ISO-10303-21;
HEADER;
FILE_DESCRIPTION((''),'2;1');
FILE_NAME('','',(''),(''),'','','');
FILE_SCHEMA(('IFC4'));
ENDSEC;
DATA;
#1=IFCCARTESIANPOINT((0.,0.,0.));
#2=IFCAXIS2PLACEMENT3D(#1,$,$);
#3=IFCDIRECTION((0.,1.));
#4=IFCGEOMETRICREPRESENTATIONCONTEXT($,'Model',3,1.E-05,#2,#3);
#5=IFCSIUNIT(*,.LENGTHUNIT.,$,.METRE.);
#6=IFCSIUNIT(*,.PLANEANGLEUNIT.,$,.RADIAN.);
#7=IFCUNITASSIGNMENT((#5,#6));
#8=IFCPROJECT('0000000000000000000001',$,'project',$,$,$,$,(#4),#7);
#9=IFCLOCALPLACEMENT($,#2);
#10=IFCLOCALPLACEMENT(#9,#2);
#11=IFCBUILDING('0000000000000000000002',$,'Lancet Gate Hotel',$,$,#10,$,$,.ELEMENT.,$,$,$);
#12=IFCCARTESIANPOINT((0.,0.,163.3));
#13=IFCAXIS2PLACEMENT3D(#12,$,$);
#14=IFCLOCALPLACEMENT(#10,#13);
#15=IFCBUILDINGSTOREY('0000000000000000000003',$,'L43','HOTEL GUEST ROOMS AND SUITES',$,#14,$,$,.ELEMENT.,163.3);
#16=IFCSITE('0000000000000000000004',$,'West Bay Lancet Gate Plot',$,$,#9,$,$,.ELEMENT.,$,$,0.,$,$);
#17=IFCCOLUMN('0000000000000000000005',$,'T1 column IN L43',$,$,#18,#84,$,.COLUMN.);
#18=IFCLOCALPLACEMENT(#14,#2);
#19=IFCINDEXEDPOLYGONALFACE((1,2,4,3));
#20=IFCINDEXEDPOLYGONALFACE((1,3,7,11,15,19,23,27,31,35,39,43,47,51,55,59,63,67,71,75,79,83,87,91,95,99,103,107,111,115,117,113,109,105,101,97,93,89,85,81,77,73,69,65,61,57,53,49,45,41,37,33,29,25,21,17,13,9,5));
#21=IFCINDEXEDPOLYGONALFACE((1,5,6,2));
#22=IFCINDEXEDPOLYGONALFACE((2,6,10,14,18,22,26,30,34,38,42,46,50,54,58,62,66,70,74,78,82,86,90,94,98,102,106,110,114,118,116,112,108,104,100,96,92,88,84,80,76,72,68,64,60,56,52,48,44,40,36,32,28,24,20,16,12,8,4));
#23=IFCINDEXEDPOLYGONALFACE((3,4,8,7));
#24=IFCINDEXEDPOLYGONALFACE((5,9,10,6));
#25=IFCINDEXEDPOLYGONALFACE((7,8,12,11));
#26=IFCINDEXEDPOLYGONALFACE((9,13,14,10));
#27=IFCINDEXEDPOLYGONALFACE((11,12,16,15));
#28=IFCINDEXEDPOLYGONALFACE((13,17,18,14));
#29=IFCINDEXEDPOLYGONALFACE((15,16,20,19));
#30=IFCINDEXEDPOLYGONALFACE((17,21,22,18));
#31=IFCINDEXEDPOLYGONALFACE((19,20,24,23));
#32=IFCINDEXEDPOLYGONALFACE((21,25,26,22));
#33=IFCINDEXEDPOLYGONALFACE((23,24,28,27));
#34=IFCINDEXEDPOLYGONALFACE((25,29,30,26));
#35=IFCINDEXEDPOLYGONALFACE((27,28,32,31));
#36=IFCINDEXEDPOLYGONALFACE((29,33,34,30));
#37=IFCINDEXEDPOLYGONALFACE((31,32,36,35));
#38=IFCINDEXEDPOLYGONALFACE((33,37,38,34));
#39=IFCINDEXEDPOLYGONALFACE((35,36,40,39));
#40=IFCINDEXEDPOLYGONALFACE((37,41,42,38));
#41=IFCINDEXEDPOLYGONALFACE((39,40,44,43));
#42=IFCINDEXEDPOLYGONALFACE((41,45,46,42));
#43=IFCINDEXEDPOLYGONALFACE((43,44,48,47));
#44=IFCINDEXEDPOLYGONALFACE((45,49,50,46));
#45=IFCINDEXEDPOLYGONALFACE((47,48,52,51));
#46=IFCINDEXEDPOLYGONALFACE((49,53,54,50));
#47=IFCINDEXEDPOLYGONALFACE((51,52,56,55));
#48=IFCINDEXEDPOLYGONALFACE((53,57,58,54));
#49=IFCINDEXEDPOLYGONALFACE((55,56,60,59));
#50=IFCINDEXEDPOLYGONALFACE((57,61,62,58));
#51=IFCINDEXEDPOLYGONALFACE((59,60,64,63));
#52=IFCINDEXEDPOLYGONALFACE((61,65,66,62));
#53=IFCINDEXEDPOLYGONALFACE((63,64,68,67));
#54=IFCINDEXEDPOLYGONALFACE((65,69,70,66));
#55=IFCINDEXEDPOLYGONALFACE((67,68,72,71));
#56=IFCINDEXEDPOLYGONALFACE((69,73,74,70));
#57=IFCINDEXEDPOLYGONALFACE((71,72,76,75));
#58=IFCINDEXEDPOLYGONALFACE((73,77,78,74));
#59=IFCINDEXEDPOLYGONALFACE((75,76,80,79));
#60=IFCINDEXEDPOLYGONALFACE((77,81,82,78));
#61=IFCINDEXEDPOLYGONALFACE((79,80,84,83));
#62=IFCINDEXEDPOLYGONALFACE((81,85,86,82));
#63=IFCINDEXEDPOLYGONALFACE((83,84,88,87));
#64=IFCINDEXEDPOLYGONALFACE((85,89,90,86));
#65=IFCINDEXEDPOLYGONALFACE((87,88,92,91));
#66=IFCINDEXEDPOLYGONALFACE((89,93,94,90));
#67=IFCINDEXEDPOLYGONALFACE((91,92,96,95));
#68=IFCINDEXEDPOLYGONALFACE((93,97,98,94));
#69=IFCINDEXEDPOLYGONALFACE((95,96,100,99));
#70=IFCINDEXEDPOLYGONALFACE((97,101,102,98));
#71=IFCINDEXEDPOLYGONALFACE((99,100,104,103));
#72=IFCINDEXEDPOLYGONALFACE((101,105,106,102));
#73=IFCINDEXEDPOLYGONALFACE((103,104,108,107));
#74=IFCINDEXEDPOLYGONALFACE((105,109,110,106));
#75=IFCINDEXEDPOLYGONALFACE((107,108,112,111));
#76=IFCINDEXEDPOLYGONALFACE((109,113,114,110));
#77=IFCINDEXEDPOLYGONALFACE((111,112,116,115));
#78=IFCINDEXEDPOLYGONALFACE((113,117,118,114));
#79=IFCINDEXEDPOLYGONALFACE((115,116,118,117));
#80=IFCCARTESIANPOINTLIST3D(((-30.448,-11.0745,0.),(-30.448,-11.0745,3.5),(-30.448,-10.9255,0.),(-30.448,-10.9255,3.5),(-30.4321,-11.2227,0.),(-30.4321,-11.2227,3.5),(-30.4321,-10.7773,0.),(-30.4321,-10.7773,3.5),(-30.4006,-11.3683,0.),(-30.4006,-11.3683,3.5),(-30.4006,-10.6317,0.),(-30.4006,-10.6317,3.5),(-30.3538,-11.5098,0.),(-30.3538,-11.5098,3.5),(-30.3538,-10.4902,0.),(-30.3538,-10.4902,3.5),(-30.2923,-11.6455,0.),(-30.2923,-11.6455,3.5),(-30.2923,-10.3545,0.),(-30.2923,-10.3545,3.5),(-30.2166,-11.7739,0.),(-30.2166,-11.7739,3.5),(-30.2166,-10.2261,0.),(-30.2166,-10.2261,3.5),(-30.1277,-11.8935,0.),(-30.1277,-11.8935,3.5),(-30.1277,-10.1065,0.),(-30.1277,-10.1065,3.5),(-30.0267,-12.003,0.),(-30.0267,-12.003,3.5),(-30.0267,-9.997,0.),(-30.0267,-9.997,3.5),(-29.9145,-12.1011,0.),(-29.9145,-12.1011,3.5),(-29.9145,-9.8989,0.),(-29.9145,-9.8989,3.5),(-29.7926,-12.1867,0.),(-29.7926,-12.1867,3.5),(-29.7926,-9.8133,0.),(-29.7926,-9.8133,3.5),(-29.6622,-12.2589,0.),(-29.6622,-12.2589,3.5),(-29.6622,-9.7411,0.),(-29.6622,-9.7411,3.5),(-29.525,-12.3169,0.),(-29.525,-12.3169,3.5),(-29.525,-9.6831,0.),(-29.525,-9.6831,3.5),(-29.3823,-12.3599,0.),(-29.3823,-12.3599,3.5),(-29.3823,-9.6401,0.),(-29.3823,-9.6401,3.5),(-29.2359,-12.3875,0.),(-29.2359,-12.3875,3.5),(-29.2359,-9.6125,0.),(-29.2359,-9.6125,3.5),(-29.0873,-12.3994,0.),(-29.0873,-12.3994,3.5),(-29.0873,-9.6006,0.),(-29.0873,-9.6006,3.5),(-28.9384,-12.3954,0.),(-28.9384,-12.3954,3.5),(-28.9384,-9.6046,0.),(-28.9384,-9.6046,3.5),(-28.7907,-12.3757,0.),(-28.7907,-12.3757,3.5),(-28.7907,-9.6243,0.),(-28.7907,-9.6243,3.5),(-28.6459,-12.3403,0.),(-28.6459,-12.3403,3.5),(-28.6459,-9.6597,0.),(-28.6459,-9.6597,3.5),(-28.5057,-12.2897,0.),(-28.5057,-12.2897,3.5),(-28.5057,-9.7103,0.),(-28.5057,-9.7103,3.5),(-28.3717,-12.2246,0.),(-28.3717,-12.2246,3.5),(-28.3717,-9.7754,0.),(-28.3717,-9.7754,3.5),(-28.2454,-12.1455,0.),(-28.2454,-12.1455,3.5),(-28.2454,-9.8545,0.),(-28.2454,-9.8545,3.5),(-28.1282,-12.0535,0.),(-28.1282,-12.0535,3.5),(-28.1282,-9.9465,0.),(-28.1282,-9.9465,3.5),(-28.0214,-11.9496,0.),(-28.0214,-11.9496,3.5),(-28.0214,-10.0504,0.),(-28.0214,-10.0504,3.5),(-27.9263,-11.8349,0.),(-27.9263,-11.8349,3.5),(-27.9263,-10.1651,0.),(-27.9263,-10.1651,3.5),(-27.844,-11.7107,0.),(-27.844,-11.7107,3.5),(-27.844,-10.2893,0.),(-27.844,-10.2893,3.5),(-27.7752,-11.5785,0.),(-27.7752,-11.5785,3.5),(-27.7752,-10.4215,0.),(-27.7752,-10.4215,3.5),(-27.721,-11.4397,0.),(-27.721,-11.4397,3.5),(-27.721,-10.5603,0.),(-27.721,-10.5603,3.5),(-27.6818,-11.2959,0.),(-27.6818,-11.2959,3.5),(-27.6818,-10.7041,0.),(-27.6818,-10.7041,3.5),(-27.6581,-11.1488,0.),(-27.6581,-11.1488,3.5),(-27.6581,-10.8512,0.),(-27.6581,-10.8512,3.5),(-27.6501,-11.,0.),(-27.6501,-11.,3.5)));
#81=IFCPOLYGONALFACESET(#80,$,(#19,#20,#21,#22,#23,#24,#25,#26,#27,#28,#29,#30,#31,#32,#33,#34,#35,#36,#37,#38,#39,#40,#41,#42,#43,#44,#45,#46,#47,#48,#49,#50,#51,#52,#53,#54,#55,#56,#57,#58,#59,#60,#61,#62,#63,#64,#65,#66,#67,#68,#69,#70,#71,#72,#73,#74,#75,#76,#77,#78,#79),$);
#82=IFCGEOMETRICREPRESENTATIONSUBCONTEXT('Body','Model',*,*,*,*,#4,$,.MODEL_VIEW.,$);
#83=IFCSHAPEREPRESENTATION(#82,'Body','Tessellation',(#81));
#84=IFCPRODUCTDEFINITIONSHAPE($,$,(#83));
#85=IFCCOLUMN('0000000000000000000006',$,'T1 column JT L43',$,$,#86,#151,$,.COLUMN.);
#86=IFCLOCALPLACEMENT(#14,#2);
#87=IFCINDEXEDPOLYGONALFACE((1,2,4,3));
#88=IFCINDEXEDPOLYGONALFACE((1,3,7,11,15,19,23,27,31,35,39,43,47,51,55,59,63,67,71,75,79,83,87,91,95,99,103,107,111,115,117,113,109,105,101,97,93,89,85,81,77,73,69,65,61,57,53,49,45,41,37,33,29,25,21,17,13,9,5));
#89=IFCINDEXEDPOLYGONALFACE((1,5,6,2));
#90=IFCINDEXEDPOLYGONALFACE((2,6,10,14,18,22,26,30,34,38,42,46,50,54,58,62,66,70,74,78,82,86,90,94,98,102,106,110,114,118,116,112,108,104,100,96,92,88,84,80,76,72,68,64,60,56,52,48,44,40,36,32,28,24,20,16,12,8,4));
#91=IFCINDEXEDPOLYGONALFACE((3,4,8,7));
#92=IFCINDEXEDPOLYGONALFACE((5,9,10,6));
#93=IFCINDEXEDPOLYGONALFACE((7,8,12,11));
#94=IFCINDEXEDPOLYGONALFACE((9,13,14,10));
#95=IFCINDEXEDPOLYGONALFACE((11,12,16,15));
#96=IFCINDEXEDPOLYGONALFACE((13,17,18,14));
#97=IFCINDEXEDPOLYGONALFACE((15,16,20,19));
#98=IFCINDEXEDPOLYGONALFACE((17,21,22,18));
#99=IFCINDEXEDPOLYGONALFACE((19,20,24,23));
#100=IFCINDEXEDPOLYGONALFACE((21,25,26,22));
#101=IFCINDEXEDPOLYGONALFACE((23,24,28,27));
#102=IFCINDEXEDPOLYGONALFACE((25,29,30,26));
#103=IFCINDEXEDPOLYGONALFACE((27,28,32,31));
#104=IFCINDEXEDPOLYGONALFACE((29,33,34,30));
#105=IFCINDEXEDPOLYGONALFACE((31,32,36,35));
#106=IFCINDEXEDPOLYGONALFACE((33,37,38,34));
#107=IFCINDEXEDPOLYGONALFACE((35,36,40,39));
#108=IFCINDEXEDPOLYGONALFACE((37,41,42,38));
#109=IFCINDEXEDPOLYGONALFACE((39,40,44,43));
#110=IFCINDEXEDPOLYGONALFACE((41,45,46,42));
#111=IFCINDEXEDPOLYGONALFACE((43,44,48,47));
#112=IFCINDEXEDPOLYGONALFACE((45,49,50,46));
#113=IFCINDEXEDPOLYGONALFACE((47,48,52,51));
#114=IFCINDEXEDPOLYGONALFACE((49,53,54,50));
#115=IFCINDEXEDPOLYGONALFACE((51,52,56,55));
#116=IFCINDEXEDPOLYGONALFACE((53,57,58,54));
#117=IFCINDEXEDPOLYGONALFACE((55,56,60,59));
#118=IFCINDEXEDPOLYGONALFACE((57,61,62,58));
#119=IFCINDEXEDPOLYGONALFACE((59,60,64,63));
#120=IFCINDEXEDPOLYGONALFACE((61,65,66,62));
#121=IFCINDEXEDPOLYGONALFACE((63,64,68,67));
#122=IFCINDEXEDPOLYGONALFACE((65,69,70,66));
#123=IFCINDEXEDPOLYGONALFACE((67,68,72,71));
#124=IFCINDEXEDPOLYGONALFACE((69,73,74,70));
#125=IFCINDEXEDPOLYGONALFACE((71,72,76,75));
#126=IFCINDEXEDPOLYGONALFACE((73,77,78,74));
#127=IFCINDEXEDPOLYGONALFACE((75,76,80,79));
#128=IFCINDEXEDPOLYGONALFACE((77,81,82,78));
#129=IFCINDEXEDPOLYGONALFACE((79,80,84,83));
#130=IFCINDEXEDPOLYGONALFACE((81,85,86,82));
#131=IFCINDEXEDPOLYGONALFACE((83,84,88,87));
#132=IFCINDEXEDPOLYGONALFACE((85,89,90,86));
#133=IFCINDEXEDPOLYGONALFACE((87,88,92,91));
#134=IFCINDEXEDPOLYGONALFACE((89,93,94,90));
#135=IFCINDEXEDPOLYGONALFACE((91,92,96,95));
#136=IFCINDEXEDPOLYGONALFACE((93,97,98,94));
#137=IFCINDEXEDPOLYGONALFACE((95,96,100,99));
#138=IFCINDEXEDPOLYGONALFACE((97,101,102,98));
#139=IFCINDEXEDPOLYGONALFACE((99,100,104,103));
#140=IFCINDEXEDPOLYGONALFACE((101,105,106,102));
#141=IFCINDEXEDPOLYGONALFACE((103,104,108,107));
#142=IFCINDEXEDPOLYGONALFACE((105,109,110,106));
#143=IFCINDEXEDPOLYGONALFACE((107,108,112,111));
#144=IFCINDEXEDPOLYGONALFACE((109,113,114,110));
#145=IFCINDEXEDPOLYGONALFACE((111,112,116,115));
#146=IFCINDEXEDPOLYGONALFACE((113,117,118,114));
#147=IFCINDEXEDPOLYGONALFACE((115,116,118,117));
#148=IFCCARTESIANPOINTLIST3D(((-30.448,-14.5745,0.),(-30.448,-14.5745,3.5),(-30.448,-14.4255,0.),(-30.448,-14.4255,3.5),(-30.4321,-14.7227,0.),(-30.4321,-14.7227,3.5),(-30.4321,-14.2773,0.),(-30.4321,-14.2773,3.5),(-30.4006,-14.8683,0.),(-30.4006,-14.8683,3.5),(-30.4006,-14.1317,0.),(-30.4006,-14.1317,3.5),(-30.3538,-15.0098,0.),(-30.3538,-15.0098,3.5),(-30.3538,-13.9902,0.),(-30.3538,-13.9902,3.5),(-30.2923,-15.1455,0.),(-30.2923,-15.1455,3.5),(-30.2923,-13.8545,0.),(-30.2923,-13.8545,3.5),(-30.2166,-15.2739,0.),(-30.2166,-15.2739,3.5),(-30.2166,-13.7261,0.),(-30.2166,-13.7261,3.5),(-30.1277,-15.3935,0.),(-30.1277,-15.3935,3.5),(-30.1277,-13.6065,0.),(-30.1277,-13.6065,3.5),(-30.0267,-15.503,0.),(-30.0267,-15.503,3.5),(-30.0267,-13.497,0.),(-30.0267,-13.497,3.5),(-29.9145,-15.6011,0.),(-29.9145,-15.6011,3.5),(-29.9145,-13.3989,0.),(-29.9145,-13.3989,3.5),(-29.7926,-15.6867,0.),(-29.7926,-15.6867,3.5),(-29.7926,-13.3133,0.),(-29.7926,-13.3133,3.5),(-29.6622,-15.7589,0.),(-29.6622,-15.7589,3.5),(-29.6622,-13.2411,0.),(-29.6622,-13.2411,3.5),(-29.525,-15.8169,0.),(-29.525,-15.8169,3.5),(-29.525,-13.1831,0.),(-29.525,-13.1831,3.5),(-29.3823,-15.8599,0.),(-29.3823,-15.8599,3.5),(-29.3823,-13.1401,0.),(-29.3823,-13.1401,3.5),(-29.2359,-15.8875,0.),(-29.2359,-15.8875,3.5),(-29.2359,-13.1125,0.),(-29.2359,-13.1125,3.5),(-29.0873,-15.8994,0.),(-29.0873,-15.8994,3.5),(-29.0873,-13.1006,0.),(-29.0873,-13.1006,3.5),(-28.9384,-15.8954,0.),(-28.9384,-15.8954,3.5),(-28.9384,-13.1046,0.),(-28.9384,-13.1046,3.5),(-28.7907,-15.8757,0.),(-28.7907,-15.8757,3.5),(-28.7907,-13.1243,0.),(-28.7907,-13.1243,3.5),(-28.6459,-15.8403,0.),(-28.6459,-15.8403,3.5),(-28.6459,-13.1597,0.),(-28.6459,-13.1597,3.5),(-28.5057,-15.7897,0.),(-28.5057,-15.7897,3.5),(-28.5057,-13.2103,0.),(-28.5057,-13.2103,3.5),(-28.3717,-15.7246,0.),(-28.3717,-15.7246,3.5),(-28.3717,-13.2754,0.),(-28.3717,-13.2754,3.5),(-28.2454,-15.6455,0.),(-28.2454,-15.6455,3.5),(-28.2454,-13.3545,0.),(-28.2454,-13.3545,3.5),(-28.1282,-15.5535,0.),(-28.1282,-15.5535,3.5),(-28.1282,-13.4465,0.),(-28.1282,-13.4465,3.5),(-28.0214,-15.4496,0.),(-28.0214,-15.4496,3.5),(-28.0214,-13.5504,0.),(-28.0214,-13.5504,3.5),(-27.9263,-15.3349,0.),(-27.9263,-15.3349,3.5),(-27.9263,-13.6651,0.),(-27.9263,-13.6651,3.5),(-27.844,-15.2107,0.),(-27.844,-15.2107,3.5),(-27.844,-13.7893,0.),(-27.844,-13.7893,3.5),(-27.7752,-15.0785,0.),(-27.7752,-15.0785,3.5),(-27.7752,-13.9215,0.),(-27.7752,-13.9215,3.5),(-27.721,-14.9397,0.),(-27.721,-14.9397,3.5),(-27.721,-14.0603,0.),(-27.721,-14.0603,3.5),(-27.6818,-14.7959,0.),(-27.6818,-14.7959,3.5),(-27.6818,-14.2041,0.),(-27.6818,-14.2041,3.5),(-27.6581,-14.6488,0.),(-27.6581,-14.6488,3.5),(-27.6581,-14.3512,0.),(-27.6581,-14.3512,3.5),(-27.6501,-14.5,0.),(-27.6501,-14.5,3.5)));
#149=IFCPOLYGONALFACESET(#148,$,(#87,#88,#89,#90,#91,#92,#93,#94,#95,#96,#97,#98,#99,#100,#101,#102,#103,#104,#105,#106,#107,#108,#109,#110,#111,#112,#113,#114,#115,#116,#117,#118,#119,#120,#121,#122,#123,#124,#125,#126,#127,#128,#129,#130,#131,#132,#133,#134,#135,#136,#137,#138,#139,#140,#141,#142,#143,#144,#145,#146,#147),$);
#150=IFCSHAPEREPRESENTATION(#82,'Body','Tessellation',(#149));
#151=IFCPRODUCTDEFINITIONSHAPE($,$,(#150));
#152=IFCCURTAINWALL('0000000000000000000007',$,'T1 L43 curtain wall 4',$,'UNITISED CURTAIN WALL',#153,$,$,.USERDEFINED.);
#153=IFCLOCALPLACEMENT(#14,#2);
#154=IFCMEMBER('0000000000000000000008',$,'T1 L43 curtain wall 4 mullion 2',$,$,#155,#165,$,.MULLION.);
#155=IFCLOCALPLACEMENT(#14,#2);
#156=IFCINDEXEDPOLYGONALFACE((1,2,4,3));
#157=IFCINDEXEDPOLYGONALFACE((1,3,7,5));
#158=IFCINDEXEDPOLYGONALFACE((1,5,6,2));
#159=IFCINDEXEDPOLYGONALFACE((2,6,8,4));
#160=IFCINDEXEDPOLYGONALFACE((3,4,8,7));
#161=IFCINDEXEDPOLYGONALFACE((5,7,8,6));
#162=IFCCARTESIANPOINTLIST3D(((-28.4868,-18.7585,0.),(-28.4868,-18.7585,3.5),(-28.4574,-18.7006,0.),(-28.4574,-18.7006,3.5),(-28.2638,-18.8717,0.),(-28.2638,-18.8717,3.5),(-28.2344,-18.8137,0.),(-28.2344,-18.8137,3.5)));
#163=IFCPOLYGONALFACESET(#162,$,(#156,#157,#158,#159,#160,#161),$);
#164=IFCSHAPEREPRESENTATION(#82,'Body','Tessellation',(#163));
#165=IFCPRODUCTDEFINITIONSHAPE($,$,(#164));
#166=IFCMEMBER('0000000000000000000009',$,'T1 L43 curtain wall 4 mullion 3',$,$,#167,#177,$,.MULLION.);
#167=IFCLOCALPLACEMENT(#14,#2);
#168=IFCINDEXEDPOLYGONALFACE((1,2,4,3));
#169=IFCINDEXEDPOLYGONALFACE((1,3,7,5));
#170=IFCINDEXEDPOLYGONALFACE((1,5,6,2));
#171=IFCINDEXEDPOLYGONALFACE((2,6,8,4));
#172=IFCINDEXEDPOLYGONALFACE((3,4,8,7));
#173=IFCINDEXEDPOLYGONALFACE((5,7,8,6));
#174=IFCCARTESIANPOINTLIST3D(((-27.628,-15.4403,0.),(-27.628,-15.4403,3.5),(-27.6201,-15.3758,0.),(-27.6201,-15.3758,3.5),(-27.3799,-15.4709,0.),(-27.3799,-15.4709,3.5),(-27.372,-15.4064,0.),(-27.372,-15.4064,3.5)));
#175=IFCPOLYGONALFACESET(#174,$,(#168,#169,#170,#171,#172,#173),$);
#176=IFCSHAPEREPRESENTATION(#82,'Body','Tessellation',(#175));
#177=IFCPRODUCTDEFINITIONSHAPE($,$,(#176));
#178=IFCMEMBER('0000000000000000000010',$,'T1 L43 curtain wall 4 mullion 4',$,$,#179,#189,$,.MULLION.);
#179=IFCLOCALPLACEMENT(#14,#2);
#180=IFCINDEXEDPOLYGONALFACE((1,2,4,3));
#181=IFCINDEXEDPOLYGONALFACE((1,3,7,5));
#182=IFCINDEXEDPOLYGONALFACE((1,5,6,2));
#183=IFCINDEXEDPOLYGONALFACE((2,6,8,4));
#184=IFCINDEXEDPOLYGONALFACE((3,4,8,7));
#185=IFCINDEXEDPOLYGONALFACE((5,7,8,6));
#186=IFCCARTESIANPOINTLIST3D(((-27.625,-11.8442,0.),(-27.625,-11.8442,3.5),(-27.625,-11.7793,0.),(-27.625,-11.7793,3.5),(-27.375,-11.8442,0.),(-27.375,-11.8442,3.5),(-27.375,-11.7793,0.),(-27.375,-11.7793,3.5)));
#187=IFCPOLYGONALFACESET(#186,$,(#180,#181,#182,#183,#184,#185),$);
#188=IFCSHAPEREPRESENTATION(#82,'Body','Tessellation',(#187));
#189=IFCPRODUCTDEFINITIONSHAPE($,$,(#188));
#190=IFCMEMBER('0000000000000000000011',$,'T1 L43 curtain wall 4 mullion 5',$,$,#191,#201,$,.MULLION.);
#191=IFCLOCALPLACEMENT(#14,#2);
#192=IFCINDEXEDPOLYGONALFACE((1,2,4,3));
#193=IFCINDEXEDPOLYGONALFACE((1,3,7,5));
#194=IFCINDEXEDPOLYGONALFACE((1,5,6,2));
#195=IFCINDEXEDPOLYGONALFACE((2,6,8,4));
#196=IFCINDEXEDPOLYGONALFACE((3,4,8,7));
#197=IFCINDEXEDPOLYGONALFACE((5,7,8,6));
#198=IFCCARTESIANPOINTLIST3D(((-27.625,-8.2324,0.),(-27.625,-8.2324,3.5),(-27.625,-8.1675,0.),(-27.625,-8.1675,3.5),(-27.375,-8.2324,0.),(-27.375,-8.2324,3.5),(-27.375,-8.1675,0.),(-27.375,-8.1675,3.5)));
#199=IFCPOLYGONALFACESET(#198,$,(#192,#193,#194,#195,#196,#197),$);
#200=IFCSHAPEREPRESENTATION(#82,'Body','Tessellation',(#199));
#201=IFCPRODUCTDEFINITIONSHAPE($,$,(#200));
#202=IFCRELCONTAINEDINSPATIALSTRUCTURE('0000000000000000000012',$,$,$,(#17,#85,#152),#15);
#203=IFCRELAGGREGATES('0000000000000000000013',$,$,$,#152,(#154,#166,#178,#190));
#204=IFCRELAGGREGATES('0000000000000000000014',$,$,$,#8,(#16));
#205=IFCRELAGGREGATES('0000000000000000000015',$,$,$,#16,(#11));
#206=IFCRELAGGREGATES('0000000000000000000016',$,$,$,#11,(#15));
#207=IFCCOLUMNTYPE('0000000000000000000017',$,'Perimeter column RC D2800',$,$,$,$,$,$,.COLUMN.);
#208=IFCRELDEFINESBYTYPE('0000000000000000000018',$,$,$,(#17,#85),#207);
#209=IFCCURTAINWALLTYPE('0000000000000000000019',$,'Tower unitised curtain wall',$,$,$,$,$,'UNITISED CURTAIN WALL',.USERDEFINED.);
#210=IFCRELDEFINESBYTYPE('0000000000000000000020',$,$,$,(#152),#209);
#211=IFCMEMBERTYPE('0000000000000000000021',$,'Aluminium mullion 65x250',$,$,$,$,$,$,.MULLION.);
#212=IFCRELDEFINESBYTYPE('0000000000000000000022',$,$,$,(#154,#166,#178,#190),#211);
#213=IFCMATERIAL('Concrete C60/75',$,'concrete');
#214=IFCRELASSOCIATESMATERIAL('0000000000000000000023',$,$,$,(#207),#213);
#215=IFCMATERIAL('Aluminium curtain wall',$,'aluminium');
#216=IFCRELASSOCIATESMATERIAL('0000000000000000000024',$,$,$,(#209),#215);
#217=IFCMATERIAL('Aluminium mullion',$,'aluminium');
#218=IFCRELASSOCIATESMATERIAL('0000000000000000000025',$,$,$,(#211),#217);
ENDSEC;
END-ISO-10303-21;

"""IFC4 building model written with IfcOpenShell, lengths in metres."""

from ifc_helpers import new_model, si_unit, direction, frame, origin, origin_2d, place, context, subcontext, project, spatial, rectangle, circle, extrude, material, material_profile, profile_set, type_object, element, aggregate, save


model = new_model("IFC4")

# Units and contexts
model_context = context("Model", 3, precision=1e-05, world=origin(), true_north=direction((0.0, 1.0)))
body_context = subcontext(model_context, "Body", "Model", "MODEL_VIEW")
ifc_project = project(units=[si_unit("LENGTHUNIT", "METRE"), si_unit("PLANEANGLEUNIT", "RADIAN")], contexts=[model_context])

# Site, building, storey
site_placement = place(None, origin())
site = spatial("IfcSite", under=ifc_project, at=site_placement, Name="West Bay Lancet Gate Plot", CompositionType="ELEMENT", RefElevation=0.0)
building_placement = place(site_placement, origin())
building = spatial("IfcBuilding", under=site, at=building_placement, Name="Lancet Gate Hotel", CompositionType="ELEMENT")
storey_placement = place(building_placement, frame((0.0, 0.0, 163.3)))
storey = spatial("IfcBuildingStorey", under=building, at=storey_placement, Name="L43", Description="HOTEL GUEST ROOMS AND SUITES", CompositionType="ELEMENT", Elevation=163.3)

# Columns
ifc_material_1 = material(Name="Concrete C60/75", Category="concrete")
ifc_material_profile_1 = material_profile(ifc_material_1, circle(Radius=1.3999, at=origin_2d()), Name="RC D2800")
ifc_profile_set_1 = profile_set([ifc_material_profile_1], Name="Concrete C60/75")
column_type = type_object("IfcColumnType", Name="Perimeter column RC D2800", PredefinedType="COLUMN", material=ifc_profile_set_1)
for number, where, z_axis, x_axis, name in (
    (1, (-29.05, -11.0, 0.0), (0.0, 0.0, 1.0), (1.0, 0.0, 0.0), "T1 column IN L43"),
    (2, (-29.05, -14.5, 0.0), (0.0, 0.0, 1.0), (1.0, 0.0, 0.0), "T1 column JT L43"),
):
    element("IfcColumn", number, at=place(storey_placement, frame(where, z_axis=z_axis, x_axis=x_axis)), inside=storey, type_object=column_type, Name=name, PredefinedType="COLUMN", context=body_context, shape_type="SweptSolid", body=[
        extrude(circle(Radius=1.3999, at=origin_2d()), origin(), (0.0, 0.0, 1.0), 3.5),
    ])

# Curtain wall, members
ifc_material_2 = material(Name="Aluminium curtain wall", Category="aluminium")
curtain_wall_type = type_object("IfcCurtainWallType", Name="Tower unitised curtain wall", ElementType="UNITISED CURTAIN WALL", PredefinedType="USERDEFINED", material=ifc_material_2)
curtain_wall_placement = place(storey_placement, origin())
curtain_wall = element("IfcCurtainWall", 3, at=curtain_wall_placement, inside=storey, type_object=curtain_wall_type, Name="T1 L43 curtain wall 4", ObjectType="UNITISED CURTAIN WALL", PredefinedType="USERDEFINED")
ifc_material_3 = material(Name="Aluminium mullion", Category="aluminium")
ifc_material_profile_2 = material_profile(ifc_material_3, rectangle(XDim=0.0649, YDim=0.25, at=origin_2d()), Name="MULLION 65x250")
ifc_profile_set_2 = profile_set([ifc_material_profile_2], Name="Aluminium mullion")
member_type_1 = type_object("IfcMemberType", Name="Aluminium mullion 65x250", PredefinedType="MULLION", material=ifc_profile_set_2)
member_1_placement = place(storey_placement, frame((-28.3606, -18.7861, 0.0), z_axis=(0.0, 0.0, 1.0), x_axis=(0.452508, 0.891761, 0.0)))
member_1 = element("IfcMember", 4, at=member_1_placement, type_object=member_type_1, Name="T1 L43 curtain wall 4 mullion 2", PredefinedType="MULLION", context=body_context, shape_type="SweptSolid", body=[
    extrude(rectangle(XDim=0.0649, YDim=0.25, at=origin_2d()), origin(), (0.0, 0.0, 1.0), 3.5),
])
member_2_placement = place(storey_placement, frame((-27.5, -15.4233, 0.0), z_axis=(0.0, 0.0, 1.0), x_axis=(0.122467, 0.992473, 0.0)))
member_2 = element("IfcMember", 5, at=member_2_placement, type_object=member_type_1, Name="T1 L43 curtain wall 4 mullion 3", PredefinedType="MULLION", context=body_context, shape_type="SweptSolid", body=[
    extrude(rectangle(XDim=0.0649, YDim=0.25, at=origin_2d()), origin(), (0.0, 0.0, 1.0), 3.5),
])
member_3_placement = place(storey_placement, frame((-27.5, -11.8118, 0.0), z_axis=(0.0, 0.0, 1.0), x_axis=(0.0, 1.0, 0.0)))
member_3 = element("IfcMember", 6, at=member_3_placement, type_object=member_type_1, Name="T1 L43 curtain wall 4 mullion 4", PredefinedType="MULLION", context=body_context, shape_type="SweptSolid", body=[
    extrude(rectangle(XDim=0.0649, YDim=0.25, at=origin_2d()), origin(), (0.0, 0.0, 1.0), 3.5),
])
member_4_placement = place(storey_placement, frame((-27.5, -8.2, 0.0), z_axis=(0.0, 0.0, 1.0), x_axis=(0.0, 1.0, 0.0)))
member_4 = element("IfcMember", 7, at=member_4_placement, type_object=member_type_1, Name="T1 L43 curtain wall 4 mullion 5", PredefinedType="MULLION", context=body_context, shape_type="SweptSolid", body=[
    extrude(rectangle(XDim=0.0649, YDim=0.25, at=origin_2d()), origin(), (0.0, 0.0, 1.0), 3.5),
])

aggregate(curtain_wall, [member_1, member_2, member_3, member_4])

save(model, "model.ifc")
